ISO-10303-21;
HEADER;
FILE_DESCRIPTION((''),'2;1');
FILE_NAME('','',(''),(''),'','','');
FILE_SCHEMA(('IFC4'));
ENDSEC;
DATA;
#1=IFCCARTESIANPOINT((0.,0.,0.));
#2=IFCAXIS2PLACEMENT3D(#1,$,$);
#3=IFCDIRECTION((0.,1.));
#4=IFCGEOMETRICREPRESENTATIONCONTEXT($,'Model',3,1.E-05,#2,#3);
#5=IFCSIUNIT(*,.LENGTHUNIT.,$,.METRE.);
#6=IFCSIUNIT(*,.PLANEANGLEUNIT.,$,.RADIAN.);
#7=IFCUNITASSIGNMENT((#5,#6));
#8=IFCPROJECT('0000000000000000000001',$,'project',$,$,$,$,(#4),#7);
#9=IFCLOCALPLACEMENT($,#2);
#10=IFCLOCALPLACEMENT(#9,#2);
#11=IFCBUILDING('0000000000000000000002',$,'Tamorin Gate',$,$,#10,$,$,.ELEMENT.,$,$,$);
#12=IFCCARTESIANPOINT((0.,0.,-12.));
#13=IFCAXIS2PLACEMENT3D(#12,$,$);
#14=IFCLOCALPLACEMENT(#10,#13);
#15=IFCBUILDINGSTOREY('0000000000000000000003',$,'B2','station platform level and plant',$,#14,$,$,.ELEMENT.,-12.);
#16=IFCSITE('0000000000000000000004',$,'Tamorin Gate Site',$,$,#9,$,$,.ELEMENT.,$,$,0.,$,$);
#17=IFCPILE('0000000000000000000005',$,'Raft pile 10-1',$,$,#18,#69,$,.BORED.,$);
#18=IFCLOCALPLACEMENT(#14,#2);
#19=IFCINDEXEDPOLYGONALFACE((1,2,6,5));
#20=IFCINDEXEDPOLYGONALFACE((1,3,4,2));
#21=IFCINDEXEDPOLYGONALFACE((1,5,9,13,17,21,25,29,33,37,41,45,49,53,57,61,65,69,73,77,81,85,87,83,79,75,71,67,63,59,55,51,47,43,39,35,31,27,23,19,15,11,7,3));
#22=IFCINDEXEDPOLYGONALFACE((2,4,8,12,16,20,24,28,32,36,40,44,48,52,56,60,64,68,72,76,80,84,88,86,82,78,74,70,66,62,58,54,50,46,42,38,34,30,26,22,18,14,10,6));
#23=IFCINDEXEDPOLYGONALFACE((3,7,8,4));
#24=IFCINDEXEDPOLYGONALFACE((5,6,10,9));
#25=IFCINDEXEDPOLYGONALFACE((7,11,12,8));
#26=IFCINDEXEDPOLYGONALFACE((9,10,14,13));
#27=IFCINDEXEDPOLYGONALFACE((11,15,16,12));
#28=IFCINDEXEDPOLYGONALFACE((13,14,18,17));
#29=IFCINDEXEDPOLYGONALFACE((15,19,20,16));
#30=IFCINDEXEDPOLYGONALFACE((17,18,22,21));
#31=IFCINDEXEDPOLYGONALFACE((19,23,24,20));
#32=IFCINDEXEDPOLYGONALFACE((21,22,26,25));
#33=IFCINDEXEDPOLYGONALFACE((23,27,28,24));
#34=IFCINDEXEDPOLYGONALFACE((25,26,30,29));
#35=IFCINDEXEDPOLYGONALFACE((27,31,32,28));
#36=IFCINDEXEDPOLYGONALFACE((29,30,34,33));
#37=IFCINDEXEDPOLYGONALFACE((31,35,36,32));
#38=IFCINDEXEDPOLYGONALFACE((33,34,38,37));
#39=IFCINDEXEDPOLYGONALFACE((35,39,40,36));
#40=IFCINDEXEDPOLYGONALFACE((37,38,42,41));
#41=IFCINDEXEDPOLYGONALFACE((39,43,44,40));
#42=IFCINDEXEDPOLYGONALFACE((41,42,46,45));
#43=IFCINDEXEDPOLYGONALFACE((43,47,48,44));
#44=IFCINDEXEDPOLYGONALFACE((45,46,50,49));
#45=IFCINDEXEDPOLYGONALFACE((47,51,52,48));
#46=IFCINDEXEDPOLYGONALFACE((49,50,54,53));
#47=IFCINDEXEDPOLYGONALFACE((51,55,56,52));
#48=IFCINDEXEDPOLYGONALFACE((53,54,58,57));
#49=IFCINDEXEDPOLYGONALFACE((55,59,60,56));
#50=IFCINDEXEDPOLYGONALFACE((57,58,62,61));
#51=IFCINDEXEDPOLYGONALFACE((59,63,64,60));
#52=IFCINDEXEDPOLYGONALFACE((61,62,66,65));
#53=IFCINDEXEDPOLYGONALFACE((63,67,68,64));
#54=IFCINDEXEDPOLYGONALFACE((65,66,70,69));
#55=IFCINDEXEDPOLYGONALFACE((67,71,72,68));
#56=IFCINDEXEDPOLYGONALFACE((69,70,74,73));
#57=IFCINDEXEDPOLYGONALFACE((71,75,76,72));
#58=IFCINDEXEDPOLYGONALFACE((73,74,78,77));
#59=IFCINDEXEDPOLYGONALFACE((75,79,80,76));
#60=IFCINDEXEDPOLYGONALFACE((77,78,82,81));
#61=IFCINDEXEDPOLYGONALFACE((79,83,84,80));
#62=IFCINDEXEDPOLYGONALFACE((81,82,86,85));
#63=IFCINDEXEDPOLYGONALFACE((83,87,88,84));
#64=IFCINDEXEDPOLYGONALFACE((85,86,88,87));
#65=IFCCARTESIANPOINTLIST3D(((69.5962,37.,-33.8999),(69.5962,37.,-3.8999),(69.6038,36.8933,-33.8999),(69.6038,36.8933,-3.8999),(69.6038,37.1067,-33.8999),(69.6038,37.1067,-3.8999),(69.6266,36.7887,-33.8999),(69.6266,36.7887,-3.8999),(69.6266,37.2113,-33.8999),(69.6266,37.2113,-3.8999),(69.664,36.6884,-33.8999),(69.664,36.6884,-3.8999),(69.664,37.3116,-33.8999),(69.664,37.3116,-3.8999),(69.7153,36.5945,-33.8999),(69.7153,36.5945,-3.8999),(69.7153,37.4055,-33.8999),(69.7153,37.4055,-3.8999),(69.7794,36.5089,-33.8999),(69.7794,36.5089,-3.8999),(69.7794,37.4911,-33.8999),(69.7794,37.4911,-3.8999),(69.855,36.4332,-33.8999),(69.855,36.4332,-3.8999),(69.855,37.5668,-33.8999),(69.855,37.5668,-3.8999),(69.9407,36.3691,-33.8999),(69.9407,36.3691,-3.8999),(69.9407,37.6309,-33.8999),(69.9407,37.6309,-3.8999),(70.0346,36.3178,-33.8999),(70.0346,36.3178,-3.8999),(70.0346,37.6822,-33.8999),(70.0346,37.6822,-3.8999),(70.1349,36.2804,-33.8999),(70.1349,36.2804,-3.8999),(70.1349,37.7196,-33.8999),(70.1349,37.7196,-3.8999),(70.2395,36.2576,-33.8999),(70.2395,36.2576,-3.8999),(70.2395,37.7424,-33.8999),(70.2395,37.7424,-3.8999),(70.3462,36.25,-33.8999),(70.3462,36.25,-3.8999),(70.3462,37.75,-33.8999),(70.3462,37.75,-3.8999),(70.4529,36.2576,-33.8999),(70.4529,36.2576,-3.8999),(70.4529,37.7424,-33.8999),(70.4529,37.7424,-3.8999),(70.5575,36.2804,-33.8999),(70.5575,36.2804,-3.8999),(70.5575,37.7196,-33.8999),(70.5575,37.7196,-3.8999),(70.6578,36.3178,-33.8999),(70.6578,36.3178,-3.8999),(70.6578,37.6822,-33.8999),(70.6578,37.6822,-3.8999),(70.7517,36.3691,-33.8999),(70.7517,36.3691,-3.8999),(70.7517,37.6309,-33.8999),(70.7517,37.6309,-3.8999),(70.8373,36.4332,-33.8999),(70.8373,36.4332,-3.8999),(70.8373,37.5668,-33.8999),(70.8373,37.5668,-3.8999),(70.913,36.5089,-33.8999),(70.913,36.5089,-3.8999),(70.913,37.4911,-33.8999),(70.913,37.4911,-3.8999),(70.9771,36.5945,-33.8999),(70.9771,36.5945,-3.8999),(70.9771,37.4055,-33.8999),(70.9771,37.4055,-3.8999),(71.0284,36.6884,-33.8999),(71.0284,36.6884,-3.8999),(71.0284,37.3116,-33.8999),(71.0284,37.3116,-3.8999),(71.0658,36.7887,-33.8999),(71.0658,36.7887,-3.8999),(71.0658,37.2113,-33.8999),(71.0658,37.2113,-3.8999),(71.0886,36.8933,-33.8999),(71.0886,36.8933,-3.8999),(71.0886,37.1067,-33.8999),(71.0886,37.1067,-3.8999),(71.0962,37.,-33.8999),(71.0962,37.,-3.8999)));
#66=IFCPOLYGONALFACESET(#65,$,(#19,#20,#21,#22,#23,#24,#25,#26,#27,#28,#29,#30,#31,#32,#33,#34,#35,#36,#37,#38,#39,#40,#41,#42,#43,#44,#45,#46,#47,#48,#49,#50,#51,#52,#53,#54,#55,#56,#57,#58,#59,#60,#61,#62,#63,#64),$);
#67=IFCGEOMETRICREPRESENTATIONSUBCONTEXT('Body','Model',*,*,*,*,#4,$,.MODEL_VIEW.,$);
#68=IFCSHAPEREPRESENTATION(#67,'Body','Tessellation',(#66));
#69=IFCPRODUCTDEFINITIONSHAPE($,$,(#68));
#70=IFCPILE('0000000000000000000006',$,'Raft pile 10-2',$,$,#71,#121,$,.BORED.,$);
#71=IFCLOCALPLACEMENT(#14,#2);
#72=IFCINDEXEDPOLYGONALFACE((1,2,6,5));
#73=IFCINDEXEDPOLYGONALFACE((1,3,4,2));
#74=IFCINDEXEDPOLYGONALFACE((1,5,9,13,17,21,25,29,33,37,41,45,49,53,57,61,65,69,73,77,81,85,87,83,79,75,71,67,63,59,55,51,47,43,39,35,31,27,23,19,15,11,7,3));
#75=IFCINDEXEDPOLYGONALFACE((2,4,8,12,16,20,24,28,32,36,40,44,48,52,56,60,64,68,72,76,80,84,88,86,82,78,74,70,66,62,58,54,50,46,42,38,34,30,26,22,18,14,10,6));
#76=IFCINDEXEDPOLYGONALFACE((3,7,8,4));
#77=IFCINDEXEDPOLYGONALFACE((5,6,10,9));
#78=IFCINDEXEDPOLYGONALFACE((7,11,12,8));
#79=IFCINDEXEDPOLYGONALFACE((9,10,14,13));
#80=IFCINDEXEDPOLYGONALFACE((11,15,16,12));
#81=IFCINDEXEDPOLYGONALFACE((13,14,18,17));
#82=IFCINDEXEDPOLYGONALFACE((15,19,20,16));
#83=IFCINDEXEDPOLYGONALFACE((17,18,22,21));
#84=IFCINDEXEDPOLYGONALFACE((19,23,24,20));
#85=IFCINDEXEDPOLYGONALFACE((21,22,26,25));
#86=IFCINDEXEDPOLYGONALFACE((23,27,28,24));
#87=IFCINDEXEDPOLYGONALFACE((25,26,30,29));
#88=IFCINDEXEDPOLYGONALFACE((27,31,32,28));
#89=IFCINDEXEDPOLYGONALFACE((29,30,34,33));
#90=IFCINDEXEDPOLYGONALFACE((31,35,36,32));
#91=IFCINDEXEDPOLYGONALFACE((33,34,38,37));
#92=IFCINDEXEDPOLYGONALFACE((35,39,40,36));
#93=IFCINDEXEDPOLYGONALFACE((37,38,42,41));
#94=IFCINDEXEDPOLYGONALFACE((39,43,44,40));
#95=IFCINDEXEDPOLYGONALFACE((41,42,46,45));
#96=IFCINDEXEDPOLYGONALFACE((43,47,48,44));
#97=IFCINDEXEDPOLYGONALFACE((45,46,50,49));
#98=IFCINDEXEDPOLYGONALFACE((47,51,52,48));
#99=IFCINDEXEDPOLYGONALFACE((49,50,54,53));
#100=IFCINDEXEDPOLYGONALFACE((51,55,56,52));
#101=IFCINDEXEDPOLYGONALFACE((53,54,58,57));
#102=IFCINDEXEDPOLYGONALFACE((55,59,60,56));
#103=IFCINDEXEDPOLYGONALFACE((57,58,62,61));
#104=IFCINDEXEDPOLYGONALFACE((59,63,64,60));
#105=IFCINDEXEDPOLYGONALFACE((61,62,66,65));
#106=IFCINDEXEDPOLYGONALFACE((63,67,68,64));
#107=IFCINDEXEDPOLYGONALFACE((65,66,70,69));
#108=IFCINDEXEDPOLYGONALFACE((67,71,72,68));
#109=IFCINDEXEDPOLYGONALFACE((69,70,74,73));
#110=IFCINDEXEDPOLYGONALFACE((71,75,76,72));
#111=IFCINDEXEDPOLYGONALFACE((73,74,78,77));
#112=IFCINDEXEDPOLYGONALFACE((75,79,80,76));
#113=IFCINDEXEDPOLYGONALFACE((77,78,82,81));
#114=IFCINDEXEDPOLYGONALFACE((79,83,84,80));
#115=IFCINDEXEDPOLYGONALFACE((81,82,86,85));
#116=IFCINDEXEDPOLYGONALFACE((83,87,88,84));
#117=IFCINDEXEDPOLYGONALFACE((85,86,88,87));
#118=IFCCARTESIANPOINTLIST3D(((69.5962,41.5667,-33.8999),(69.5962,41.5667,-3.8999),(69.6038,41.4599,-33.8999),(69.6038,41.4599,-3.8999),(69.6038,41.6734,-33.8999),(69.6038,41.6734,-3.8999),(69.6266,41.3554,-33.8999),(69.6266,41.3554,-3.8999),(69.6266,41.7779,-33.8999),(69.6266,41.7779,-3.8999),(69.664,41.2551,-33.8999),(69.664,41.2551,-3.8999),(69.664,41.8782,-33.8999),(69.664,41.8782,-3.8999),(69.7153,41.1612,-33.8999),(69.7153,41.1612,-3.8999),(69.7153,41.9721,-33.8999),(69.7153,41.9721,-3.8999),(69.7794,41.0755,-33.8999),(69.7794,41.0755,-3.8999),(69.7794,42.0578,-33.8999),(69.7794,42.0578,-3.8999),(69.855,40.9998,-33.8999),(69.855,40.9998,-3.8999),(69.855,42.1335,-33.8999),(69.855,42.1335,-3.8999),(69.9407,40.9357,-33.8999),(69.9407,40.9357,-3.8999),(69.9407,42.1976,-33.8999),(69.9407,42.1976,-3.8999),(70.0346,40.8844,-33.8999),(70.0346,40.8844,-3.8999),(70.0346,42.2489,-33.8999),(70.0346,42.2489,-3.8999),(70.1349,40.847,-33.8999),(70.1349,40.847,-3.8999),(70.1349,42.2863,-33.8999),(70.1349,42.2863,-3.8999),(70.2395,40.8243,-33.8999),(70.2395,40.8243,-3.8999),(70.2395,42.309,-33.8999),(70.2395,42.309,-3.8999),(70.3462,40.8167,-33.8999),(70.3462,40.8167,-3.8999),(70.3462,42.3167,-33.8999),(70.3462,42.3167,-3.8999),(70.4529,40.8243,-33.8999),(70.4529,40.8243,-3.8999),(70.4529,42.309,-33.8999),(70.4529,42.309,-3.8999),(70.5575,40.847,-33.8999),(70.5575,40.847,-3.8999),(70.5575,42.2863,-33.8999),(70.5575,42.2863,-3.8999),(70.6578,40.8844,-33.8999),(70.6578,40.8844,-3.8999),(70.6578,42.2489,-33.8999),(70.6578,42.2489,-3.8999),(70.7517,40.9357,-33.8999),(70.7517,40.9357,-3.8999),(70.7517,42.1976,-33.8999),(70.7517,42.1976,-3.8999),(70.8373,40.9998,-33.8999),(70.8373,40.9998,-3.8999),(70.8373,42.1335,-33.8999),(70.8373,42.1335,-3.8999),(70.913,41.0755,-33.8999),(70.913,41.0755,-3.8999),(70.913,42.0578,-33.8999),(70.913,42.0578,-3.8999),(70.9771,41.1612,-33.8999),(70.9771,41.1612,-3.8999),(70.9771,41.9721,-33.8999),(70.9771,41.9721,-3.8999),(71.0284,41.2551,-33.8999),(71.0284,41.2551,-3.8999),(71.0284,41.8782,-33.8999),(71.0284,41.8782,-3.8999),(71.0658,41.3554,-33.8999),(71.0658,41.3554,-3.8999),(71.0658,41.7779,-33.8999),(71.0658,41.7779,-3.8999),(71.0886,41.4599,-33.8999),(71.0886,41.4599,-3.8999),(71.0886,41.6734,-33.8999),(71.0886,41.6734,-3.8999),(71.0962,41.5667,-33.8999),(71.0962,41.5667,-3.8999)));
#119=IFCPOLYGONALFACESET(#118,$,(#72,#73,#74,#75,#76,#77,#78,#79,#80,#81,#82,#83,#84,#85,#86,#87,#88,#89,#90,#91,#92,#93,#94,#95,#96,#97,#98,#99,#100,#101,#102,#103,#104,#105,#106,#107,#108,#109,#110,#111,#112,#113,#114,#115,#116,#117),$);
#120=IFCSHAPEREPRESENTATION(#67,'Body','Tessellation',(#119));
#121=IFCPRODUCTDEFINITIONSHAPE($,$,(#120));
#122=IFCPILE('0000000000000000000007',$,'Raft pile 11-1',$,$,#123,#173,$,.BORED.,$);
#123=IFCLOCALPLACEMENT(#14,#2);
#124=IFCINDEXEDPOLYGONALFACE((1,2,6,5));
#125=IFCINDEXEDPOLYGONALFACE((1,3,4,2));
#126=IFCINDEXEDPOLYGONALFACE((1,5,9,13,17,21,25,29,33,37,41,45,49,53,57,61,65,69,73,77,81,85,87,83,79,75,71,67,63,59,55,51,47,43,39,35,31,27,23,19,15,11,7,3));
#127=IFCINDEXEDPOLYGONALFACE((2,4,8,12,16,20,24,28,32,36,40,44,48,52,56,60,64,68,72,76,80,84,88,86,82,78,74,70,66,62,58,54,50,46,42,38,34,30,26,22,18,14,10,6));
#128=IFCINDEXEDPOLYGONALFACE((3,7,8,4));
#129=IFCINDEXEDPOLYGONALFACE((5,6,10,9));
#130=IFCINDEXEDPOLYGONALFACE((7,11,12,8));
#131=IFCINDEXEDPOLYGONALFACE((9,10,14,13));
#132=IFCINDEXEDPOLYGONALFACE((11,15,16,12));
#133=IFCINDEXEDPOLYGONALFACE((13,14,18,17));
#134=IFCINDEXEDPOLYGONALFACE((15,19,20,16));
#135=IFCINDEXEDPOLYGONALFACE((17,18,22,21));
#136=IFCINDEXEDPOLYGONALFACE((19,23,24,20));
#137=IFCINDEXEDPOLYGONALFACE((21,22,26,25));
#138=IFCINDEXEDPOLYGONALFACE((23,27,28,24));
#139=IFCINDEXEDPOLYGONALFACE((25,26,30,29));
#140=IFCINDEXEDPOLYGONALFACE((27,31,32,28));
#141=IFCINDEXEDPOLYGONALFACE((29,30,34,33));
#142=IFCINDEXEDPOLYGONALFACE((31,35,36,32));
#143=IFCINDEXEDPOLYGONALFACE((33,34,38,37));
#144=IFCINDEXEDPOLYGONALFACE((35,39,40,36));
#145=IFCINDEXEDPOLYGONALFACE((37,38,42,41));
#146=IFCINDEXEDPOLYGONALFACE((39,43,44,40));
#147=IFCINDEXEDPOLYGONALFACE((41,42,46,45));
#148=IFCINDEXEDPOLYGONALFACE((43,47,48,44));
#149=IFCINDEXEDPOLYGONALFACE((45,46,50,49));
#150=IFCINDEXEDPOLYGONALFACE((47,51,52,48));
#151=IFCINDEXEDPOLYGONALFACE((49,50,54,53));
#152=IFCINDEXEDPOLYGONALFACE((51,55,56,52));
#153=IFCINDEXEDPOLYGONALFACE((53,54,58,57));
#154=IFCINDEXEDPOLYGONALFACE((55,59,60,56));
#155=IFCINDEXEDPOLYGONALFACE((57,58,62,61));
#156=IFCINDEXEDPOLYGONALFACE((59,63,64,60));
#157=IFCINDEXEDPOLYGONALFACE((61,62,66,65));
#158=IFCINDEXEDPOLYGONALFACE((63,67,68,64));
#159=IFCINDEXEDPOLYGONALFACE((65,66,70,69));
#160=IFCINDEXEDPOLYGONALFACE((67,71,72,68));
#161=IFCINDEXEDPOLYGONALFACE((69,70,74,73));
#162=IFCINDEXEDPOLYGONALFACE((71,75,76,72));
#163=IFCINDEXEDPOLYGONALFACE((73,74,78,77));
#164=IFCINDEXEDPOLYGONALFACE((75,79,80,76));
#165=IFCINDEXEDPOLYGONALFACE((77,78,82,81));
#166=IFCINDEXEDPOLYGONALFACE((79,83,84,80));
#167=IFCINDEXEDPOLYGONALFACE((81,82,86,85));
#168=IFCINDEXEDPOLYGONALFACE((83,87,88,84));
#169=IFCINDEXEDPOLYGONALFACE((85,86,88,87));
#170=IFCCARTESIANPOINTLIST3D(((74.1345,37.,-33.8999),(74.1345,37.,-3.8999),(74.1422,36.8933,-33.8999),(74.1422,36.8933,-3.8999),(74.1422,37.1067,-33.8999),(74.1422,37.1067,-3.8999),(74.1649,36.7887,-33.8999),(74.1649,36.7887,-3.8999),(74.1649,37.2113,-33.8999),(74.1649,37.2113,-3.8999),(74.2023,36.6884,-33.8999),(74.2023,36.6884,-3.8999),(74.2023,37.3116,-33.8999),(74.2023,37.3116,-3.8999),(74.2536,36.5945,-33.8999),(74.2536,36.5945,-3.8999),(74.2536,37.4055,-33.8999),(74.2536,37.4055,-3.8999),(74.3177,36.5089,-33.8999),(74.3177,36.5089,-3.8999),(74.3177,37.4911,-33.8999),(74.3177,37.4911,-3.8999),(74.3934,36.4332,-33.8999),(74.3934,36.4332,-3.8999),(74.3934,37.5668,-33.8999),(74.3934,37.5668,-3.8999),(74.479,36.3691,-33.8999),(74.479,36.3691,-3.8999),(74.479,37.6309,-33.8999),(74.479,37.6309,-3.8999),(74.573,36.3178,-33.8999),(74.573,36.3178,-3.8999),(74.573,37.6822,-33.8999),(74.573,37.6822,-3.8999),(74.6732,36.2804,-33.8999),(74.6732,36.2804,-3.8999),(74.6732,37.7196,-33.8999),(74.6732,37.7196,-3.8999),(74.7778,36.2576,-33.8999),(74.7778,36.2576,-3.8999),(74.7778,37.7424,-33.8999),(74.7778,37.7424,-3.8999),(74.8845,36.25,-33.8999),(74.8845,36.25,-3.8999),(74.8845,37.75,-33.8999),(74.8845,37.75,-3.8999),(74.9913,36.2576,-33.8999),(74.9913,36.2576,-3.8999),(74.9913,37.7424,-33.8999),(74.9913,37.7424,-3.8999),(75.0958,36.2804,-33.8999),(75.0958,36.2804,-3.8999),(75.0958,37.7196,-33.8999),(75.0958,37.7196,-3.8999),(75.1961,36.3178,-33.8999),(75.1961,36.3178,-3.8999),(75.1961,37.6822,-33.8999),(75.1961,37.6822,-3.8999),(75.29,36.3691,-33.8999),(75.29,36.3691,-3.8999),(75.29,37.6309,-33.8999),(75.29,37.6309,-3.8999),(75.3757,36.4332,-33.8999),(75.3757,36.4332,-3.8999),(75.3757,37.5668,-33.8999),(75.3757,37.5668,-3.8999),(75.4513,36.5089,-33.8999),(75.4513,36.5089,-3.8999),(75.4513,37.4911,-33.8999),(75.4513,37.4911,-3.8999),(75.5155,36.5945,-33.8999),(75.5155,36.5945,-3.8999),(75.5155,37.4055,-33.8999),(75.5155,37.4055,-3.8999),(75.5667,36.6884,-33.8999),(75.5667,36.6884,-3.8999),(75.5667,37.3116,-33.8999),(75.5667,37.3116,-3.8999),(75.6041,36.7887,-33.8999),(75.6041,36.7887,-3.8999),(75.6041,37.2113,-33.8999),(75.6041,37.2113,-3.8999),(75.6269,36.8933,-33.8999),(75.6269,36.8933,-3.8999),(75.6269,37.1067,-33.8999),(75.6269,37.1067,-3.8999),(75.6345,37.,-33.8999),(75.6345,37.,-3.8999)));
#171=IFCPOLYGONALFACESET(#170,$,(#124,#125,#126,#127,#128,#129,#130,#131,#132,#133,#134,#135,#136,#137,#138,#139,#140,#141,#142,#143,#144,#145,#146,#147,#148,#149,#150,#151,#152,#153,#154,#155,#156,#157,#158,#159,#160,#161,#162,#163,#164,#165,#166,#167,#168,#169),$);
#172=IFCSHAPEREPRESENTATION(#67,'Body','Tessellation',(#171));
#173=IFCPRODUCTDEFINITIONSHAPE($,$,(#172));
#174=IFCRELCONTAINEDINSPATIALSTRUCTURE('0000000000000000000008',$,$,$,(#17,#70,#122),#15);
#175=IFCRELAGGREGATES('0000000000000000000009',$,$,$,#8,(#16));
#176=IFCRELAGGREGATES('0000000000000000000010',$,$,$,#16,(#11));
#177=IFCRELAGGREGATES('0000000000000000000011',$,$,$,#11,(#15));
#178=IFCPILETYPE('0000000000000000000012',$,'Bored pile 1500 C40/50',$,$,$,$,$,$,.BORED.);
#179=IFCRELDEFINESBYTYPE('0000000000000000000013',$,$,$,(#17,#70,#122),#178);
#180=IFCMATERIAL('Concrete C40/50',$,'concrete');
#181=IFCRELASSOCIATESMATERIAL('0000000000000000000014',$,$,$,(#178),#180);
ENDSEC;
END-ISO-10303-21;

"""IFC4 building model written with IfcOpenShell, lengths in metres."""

from ifc_helpers import new_model, si_unit, direction, frame, origin, origin_2d, place, context, subcontext, project, spatial, circle, extrude, material, material_profile, profile_set, type_object, element, save


model = new_model("IFC4")

# Units and contexts
model_context = context("Model", 3, precision=1e-05, world=origin(), true_north=direction((0.0, 1.0)))
body_context = subcontext(model_context, "Body", "Model", "MODEL_VIEW")
ifc_project = project(units=[si_unit("LENGTHUNIT", "METRE"), si_unit("PLANEANGLEUNIT", "RADIAN")], contexts=[model_context])

# Site, building, storey
site_placement = place(None, origin())
site = spatial("IfcSite", under=ifc_project, at=site_placement, Name="Tamorin Gate Site", CompositionType="ELEMENT", RefElevation=0.0)
building_placement = place(site_placement, origin())
building = spatial("IfcBuilding", under=site, at=building_placement, Name="Tamorin Gate", CompositionType="ELEMENT")
storey_placement = place(building_placement, frame((0.0, 0.0, -12.0)))
storey = spatial("IfcBuildingStorey", under=building, at=storey_placement, Name="B2", Description="station platform level and plant", CompositionType="ELEMENT", Elevation=-12.0)

# Piles
ifc_material_1 = material(Name="Concrete C40/50", Category="concrete")
ifc_material_profile_1 = material_profile(ifc_material_1, circle(Radius=0.75, at=origin_2d()))
ifc_profile_set_1 = profile_set([ifc_material_profile_1], Name="Concrete C40/50")
pile_type = type_object("IfcPileType", Name="Bored pile 1500 C40/50", PredefinedType="BORED", material=ifc_profile_set_1)
for number, where, z_axis, x_axis, name in (
    (1, (70.3462, 37.0, -3.8999), (0.0, 0.0, -1.0), (1.0, 0.0, 0.0), "Raft pile 10-1"),
    (2, (70.3462, 41.5667, -3.8999), (0.0, 0.0, -1.0), (1.0, 0.0, 0.0), "Raft pile 10-2"),
    (3, (74.8845, 37.0, -3.8999), (0.0, 0.0, -1.0), (1.0, 0.0, 0.0), "Raft pile 11-1"),
):
    element("IfcPile", number, at=place(storey_placement, frame(where, z_axis=z_axis, x_axis=x_axis)), inside=storey, type_object=pile_type, Name=name, PredefinedType="BORED", context=body_context, shape_type="SweptSolid", body=[
        extrude(circle(Radius=0.75, at=origin_2d()), origin(), (0.0, 0.0, 1.0), 30.0),
    ])

save(model, "model.ifc")
